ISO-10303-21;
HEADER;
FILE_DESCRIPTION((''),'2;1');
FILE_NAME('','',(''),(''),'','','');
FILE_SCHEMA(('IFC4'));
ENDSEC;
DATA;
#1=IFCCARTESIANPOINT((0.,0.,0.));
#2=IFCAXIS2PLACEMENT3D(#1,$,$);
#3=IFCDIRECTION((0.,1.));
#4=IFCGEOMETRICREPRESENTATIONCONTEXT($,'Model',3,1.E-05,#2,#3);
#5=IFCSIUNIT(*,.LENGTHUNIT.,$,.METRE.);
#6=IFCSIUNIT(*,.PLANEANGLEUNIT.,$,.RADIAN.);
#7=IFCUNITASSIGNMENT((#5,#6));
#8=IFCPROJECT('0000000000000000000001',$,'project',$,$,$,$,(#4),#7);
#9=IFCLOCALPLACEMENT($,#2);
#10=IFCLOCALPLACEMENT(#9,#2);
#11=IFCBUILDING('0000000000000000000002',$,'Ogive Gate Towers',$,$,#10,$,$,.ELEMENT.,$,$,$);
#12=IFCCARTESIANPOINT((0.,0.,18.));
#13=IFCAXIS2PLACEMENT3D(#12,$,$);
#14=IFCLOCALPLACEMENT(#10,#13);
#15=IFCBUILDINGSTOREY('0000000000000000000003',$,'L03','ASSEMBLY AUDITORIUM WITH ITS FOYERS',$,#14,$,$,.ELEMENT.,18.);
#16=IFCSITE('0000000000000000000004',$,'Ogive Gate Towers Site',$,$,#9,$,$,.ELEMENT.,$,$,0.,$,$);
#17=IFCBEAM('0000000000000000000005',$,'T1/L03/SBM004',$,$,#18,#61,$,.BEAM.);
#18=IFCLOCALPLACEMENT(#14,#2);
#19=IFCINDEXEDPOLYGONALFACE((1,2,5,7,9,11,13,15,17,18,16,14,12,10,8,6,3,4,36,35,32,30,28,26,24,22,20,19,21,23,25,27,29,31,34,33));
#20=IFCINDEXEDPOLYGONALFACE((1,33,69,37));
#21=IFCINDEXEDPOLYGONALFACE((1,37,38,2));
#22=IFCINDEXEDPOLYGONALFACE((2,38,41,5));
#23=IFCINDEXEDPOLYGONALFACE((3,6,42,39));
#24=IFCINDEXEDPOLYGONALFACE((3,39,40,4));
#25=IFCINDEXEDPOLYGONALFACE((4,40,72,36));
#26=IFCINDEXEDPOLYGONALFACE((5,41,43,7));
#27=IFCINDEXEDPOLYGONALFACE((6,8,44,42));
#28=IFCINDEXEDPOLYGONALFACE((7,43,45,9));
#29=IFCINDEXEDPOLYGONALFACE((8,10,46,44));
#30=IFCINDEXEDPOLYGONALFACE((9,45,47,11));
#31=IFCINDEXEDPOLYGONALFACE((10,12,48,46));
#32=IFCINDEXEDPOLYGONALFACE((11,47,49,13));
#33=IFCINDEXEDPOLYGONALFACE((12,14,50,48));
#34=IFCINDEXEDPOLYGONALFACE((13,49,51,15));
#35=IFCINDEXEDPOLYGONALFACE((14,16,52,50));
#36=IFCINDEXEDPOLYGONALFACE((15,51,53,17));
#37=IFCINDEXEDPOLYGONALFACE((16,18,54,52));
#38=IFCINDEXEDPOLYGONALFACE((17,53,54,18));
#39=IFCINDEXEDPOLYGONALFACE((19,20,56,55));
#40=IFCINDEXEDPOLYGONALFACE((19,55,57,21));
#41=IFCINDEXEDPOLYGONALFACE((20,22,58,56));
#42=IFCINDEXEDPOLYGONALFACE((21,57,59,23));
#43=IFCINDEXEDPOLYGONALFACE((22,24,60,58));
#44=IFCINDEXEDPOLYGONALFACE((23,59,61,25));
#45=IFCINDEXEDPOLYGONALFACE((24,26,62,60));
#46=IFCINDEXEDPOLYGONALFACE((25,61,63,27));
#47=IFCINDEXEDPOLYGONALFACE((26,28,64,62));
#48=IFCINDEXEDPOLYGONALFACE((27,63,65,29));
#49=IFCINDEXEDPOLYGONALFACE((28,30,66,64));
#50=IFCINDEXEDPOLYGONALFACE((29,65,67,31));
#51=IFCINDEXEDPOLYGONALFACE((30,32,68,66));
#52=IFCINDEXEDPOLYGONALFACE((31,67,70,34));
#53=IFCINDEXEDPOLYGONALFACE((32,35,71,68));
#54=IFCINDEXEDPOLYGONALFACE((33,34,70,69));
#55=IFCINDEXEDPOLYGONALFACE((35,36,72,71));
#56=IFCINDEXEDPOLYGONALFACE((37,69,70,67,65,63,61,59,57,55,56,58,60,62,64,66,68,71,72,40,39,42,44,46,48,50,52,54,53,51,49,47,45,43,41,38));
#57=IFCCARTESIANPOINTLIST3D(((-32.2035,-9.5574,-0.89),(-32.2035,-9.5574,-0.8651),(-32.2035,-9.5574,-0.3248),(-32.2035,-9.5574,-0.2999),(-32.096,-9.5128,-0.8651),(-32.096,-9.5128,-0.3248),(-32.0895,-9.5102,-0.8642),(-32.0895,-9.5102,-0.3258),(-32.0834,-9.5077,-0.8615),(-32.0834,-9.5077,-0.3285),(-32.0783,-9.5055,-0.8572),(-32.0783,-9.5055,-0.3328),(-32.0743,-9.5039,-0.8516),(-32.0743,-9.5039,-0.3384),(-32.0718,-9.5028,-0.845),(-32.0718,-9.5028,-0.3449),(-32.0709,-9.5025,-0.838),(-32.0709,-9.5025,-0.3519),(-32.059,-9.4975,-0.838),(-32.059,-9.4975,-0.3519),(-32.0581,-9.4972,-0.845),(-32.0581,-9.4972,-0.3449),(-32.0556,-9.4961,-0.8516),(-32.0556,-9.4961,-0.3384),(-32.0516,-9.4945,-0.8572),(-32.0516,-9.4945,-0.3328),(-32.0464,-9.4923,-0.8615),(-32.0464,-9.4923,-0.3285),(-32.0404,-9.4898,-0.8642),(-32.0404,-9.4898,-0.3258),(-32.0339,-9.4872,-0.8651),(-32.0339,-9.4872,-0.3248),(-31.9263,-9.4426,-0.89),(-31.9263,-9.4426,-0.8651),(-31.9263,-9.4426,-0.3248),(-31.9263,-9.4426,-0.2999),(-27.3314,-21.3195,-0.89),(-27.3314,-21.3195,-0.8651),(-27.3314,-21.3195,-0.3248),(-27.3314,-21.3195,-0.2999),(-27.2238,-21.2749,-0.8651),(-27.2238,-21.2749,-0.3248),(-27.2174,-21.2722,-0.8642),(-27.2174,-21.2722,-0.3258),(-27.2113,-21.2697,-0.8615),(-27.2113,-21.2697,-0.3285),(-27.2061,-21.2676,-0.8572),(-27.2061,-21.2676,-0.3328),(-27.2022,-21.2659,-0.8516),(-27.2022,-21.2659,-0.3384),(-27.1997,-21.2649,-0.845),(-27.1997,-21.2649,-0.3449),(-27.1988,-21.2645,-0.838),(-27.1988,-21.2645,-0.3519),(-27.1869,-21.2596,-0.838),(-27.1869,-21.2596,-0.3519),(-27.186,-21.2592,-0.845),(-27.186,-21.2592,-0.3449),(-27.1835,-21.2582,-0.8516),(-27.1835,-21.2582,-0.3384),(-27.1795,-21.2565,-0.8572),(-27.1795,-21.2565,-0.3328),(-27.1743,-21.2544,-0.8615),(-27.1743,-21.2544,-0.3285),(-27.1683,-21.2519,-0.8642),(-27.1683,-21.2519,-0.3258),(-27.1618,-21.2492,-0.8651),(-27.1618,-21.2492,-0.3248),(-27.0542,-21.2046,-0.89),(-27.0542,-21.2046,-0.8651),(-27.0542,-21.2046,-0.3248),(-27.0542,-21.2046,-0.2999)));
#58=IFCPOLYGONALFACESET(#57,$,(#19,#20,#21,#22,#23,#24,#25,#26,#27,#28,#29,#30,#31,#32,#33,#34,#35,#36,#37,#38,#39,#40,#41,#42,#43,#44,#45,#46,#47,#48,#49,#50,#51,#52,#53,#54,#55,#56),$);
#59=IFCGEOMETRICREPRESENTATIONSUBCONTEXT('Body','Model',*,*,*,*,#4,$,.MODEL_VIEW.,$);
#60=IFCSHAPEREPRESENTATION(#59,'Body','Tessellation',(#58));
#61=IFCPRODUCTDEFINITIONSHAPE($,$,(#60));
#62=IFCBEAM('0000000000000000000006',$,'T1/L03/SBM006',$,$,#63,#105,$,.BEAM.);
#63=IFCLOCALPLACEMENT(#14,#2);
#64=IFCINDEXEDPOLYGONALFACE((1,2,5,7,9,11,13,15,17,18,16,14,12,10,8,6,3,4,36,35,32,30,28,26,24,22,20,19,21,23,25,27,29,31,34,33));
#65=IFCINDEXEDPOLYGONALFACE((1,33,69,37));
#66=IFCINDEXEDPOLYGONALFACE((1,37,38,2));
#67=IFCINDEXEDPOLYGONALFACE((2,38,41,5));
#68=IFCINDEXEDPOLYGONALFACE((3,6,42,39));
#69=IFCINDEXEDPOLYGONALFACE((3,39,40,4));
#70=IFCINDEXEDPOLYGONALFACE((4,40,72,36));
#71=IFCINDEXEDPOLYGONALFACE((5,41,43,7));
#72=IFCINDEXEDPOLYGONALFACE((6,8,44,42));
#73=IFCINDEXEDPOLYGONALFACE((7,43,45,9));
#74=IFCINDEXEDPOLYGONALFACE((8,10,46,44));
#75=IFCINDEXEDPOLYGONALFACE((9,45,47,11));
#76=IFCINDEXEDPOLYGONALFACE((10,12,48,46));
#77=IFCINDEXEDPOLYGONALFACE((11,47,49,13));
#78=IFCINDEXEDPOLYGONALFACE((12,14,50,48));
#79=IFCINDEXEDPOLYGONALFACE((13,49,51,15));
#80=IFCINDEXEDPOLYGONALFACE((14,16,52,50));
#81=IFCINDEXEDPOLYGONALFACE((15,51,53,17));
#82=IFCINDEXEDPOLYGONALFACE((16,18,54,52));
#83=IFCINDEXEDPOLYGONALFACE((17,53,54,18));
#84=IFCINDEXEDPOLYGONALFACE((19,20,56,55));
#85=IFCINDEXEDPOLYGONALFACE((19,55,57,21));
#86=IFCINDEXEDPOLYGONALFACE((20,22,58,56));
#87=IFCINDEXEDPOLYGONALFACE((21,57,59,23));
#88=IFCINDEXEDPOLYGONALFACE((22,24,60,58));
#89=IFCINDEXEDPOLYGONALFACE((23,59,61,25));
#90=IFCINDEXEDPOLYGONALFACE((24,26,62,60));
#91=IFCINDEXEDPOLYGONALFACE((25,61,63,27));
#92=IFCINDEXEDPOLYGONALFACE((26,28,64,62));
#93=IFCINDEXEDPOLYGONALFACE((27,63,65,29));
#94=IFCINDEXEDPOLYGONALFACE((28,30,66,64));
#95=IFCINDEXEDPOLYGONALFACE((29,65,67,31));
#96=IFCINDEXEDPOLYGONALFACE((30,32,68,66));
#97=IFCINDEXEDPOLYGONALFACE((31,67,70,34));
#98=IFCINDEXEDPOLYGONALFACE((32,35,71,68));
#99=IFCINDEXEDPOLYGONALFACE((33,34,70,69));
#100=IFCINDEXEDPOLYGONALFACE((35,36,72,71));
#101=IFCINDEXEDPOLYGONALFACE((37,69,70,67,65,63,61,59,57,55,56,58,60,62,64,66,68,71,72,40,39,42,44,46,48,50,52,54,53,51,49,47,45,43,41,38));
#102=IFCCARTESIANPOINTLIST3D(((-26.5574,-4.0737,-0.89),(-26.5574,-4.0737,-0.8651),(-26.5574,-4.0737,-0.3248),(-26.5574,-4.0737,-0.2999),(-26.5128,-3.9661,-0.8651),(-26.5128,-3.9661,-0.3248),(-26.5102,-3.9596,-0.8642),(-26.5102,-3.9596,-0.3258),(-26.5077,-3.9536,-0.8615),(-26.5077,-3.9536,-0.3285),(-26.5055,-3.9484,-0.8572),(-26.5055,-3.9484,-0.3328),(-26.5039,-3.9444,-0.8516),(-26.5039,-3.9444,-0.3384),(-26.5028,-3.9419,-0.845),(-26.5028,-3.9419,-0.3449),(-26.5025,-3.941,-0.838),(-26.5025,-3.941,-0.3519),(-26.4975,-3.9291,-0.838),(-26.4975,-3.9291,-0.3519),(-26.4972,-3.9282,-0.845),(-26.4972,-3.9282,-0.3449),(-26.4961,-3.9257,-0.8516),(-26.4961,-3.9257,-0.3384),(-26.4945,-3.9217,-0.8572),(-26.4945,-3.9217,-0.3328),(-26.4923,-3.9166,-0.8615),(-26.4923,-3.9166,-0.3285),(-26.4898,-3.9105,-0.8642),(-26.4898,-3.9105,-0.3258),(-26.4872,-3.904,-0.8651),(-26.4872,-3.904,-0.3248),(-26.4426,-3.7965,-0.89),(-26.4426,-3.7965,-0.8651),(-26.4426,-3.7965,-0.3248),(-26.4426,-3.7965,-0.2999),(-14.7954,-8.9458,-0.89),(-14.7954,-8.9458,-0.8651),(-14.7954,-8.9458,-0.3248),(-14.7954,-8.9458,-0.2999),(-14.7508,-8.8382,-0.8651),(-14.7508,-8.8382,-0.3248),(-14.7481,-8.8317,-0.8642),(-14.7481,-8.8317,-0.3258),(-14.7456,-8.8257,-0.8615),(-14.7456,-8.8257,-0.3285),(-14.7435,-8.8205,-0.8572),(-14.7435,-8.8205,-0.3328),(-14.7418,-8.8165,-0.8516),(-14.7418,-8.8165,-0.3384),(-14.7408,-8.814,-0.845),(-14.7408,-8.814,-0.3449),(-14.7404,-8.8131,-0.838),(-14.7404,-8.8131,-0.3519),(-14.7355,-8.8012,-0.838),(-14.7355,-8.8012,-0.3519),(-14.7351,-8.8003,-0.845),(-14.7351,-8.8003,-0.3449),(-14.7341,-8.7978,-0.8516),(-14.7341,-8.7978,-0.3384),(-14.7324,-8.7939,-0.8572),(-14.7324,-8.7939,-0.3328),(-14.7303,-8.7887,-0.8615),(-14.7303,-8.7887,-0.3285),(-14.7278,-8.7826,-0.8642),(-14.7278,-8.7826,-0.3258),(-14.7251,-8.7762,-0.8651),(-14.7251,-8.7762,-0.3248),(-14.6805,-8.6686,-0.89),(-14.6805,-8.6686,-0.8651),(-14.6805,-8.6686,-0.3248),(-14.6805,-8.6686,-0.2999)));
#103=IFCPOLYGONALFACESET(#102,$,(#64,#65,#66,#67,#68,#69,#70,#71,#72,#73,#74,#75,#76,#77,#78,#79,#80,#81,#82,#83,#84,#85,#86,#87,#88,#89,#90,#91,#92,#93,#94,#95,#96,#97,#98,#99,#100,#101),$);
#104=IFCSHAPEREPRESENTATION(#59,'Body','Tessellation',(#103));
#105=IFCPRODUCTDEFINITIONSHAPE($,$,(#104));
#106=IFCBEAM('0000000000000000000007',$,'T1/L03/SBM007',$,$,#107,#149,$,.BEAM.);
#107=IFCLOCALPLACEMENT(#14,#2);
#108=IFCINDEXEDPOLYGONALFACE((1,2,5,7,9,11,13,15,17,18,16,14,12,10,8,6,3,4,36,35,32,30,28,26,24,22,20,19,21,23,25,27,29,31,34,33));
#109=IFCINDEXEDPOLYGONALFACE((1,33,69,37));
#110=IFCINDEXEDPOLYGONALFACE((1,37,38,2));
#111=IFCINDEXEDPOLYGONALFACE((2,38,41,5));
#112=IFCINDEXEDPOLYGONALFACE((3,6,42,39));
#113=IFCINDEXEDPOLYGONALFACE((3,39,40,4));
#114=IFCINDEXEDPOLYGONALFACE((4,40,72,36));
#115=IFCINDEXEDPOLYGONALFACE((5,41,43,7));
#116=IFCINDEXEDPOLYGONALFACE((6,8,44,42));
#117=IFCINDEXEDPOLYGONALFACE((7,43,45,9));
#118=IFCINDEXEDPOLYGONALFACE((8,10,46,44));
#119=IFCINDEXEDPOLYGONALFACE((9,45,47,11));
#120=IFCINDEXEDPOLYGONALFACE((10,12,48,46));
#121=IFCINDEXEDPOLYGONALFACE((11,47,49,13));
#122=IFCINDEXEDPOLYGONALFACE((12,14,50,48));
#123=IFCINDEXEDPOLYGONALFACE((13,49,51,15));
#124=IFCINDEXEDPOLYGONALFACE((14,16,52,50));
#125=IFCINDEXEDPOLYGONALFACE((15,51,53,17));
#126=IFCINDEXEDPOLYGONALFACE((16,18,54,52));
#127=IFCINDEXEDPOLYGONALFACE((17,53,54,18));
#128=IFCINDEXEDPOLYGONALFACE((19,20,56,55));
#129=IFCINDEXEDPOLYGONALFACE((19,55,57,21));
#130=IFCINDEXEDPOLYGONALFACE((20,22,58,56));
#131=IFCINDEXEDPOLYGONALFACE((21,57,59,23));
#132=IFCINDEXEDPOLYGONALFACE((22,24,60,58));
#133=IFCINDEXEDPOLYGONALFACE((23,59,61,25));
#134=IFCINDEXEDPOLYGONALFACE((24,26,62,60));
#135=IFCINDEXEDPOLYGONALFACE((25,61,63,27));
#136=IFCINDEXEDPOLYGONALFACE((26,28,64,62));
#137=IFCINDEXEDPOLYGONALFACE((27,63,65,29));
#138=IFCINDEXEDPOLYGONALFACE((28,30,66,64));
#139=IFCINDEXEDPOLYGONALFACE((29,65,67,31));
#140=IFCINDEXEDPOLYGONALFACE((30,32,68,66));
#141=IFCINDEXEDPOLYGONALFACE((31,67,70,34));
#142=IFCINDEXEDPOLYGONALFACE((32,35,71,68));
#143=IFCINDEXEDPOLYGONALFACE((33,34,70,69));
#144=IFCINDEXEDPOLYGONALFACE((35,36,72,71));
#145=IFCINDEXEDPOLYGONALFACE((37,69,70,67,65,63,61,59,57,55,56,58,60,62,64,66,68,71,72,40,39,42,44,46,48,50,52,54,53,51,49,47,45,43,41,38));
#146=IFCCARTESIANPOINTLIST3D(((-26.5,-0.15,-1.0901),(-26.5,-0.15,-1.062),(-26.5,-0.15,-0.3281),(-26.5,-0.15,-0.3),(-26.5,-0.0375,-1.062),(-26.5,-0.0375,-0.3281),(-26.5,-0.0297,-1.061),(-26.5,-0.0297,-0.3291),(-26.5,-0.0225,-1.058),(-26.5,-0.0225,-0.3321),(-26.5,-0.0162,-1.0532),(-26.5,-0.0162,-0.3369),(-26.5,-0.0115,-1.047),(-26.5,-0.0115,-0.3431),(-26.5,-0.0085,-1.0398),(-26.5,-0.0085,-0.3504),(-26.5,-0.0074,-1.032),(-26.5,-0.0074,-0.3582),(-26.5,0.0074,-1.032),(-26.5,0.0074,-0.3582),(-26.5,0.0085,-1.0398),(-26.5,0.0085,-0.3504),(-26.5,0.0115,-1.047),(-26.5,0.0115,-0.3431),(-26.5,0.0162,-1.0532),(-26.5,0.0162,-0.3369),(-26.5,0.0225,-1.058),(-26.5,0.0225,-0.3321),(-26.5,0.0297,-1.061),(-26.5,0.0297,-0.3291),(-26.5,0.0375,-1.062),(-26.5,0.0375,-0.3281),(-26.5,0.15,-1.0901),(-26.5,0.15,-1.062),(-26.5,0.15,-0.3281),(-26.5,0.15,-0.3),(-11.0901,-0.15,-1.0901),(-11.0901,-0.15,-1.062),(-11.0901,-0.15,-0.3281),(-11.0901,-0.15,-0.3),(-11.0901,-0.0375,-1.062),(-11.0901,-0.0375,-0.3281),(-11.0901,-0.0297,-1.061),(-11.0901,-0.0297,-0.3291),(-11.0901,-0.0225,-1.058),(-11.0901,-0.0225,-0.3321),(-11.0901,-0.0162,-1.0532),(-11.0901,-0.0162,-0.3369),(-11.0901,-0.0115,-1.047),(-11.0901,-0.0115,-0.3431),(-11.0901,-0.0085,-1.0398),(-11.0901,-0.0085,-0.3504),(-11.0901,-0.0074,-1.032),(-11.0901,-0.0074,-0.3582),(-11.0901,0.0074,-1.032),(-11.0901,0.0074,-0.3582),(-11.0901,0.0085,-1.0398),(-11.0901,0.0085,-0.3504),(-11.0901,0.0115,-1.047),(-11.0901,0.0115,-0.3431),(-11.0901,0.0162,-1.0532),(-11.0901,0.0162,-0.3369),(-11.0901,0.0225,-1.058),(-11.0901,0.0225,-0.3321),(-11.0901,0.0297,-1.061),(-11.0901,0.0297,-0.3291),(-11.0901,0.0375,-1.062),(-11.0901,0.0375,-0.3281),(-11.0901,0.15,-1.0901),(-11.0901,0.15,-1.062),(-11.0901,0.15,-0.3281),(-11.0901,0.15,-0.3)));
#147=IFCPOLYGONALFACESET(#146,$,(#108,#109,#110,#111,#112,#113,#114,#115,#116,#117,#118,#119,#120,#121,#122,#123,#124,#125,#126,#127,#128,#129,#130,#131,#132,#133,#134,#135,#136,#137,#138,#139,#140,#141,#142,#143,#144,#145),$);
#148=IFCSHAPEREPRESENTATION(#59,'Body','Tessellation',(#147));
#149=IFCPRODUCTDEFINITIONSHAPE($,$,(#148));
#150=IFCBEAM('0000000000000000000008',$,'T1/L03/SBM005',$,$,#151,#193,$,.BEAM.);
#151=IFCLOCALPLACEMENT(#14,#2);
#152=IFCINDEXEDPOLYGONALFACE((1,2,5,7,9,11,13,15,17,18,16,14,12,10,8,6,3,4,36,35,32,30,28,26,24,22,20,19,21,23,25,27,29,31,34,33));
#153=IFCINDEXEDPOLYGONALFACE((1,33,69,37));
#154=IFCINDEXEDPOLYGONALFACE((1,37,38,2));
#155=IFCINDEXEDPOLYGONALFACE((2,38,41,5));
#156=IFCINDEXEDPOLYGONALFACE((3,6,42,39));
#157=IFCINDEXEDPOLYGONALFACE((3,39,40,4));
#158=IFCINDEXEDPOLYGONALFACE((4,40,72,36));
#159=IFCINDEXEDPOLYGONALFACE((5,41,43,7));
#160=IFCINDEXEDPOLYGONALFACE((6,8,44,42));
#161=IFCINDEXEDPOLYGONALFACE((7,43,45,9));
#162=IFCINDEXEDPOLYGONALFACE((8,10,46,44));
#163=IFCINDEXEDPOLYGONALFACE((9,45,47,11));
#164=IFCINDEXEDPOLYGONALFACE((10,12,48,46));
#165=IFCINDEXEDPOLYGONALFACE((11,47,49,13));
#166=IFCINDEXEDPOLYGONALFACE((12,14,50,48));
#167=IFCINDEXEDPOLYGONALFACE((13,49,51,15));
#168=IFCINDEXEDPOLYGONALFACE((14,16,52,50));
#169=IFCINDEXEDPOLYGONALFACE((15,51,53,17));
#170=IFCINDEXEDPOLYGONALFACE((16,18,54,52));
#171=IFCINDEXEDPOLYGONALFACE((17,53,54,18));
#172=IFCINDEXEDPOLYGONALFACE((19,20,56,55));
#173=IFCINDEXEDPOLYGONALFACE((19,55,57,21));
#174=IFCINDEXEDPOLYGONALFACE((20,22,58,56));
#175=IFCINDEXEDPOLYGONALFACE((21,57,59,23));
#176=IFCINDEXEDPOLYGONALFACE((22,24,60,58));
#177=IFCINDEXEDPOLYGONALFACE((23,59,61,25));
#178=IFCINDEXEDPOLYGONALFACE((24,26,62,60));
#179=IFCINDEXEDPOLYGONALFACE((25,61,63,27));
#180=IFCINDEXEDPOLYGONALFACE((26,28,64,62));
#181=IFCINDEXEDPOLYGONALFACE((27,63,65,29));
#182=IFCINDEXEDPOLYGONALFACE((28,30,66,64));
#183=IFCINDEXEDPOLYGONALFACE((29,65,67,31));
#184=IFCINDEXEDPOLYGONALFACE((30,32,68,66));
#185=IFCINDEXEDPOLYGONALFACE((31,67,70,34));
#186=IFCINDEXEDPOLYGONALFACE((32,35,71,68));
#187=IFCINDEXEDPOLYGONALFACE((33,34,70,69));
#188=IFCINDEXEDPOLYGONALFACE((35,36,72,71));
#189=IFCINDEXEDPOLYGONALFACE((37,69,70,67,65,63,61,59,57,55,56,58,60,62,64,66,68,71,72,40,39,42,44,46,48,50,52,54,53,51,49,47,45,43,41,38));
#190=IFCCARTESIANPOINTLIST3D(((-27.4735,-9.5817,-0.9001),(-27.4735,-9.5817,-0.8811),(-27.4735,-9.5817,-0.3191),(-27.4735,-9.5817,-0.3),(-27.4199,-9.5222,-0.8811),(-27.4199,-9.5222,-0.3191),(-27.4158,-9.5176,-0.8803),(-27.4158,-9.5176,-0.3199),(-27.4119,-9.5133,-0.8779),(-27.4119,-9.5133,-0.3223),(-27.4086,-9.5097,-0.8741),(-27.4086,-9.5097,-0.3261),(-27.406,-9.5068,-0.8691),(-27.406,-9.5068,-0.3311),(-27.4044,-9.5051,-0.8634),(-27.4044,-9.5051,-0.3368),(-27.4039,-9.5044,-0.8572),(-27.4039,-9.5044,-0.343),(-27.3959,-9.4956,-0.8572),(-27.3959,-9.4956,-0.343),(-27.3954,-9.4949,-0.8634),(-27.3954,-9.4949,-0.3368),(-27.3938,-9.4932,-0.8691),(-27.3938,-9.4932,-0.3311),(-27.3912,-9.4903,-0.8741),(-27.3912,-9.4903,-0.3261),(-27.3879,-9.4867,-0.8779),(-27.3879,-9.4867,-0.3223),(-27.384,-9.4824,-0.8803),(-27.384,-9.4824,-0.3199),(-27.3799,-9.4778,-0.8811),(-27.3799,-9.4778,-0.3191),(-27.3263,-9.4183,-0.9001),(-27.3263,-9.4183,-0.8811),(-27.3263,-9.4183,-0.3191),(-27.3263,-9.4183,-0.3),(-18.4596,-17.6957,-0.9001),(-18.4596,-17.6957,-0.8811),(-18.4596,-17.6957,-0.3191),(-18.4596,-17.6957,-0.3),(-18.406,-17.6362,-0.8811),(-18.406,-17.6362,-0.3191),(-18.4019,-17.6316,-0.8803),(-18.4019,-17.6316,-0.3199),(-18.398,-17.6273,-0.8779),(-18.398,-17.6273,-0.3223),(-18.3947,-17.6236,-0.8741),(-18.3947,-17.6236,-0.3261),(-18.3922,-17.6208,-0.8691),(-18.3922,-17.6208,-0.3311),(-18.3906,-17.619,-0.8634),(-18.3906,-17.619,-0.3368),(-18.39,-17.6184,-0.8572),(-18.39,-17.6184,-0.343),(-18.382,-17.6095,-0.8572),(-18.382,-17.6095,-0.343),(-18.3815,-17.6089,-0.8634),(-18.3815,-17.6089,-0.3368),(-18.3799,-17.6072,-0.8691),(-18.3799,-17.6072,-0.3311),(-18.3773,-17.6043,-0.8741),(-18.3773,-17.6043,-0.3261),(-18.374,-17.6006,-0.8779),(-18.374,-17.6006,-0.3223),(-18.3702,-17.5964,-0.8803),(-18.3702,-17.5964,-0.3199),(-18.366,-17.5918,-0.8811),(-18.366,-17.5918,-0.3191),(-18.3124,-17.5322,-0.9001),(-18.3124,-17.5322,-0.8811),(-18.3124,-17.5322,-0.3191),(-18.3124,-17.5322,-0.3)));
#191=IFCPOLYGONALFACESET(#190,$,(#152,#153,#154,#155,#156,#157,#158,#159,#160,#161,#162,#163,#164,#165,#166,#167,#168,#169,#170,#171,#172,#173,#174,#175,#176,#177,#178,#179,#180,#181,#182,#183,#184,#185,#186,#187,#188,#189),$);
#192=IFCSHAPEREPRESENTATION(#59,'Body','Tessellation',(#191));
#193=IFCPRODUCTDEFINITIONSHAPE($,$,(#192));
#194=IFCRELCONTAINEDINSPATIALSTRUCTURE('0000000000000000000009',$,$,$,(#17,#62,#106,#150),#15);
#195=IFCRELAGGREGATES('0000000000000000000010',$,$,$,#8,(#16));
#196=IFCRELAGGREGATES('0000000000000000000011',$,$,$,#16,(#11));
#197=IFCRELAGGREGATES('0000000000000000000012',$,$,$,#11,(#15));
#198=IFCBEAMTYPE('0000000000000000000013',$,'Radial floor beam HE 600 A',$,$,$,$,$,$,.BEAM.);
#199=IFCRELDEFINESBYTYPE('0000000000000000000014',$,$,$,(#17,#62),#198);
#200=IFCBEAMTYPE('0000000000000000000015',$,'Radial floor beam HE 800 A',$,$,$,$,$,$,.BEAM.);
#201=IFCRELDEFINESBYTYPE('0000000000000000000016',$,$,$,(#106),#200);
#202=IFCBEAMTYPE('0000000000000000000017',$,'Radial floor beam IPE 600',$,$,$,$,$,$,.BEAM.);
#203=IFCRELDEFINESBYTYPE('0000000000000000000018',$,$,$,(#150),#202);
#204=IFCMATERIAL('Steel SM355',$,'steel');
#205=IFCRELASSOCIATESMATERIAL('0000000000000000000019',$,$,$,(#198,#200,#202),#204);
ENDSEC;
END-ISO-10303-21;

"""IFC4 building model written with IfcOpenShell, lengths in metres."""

from ifc_helpers import new_model, si_unit, direction, frame, origin, origin_2d, place, context, subcontext, project, spatial, i_section, extrude, material, material_profile, profile_set, type_object, element, save


model = new_model("IFC4")

# Units and contexts
model_context = context("Model", 3, precision=1e-05, world=origin(), true_north=direction((0.0, 1.0)))
body_context = subcontext(model_context, "Body", "Model", "MODEL_VIEW")
ifc_project = project(units=[si_unit("LENGTHUNIT", "METRE"), si_unit("PLANEANGLEUNIT", "RADIAN")], contexts=[model_context])

# Site, building, storey
site_placement = place(None, origin())
site = spatial("IfcSite", under=ifc_project, at=site_placement, Name="Ogive Gate Towers Site", CompositionType="ELEMENT", RefElevation=0.0)
building_placement = place(site_placement, origin())
building = spatial("IfcBuilding", under=site, at=building_placement, Name="Ogive Gate Towers", CompositionType="ELEMENT")
storey_placement = place(building_placement, frame((0.0, 0.0, 18.0)))
storey = spatial("IfcBuildingStorey", under=building, at=storey_placement, Name="L03", Description="ASSEMBLY AUDITORIUM WITH ITS FOYERS", CompositionType="ELEMENT", Elevation=18.0)

# Beams
ifc_material_1 = material(Name="Steel SM355", Category="steel")
ifc_material_profile_1 = material_profile(ifc_material_1, i_section(OverallWidth=0.3, OverallDepth=0.5901, WebThickness=0.0129, FlangeThickness=0.0249, FilletRadius=0.0271, at=origin_2d()), Name="HE 600 A")
ifc_profile_set_1 = profile_set([ifc_material_profile_1], Name="Steel SM355")
beam_type_1 = type_object("IfcBeamType", Name="Radial floor beam HE 600 A", PredefinedType="BEAM", material=ifc_profile_set_1)
for number, where, z_axis, x_axis, name in (
    (1, (-32.0649, -9.5, -0.595), (0.382691, -0.923877, 0.0), (0.923877, 0.382691, 0.0), "T1/L03/SBM004"),
    (2, (-26.5, -3.9351, -0.595), (0.923877, -0.382691, 0.0), (0.382691, 0.923877, 0.0), "T1/L03/SBM006"),
):
    element("IfcBeam", number, at=place(storey_placement, frame(where, z_axis=z_axis, x_axis=x_axis)), inside=storey, type_object=beam_type_1, Name=name, PredefinedType="BEAM", context=body_context, shape_type="SweptSolid", body=[
        extrude(i_section(OverallWidth=0.3, OverallDepth=0.5901, WebThickness=0.0129, FlangeThickness=0.0249, FilletRadius=0.0271, at=origin_2d()), origin(), (0.0, 0.0, 1.0), 12.7312),
    ])
ifc_material_profile_2 = material_profile(ifc_material_1, i_section(OverallWidth=0.3, OverallDepth=0.79, WebThickness=0.0149, FlangeThickness=0.0281, FilletRadius=0.03, at=origin_2d()), Name="HE 800 A")
ifc_profile_set_2 = profile_set([ifc_material_profile_2], Name="Steel SM355")
beam_type_2 = type_object("IfcBeamType", Name="Radial floor beam HE 800 A", PredefinedType="BEAM", material=ifc_profile_set_2)
beam_1_placement = place(storey_placement, frame((-26.5, 0.0, -0.6951), z_axis=(1.0, 0.0, 0.0), x_axis=(0.0, 1.0, 0.0)))
element("IfcBeam", 3, at=beam_1_placement, inside=storey, type_object=beam_type_2, Name="T1/L03/SBM007", PredefinedType="BEAM", context=body_context, shape_type="SweptSolid", body=[
    extrude(i_section(OverallWidth=0.3, OverallDepth=0.79, WebThickness=0.0149, FlangeThickness=0.0281, FilletRadius=0.03, at=origin_2d()), origin(), (0.0, 0.0, 1.0), 15.4099),
])
ifc_material_profile_3 = material_profile(ifc_material_1, i_section(OverallWidth=0.22, OverallDepth=0.6001, WebThickness=0.012, FlangeThickness=0.019, FilletRadius=0.0239, at=origin_2d()), Name="IPE 600")
ifc_profile_set_3 = profile_set([ifc_material_profile_3], Name="Steel SM355")
beam_type_3 = type_object("IfcBeamType", Name="Radial floor beam IPE 600", PredefinedType="BEAM", material=ifc_profile_set_3)
beam_2_placement = place(storey_placement, frame((-27.3999, -9.5, -0.6001), z_axis=(0.743233, -0.669033, 0.0), x_axis=(0.669033, 0.743233, 0.0)))
element("IfcBeam", 4, at=beam_2_placement, inside=storey, type_object=beam_type_3, Name="T1/L03/SBM005", PredefinedType="BEAM", context=body_context, shape_type="SweptSolid", body=[
    extrude(i_section(OverallWidth=0.22, OverallDepth=0.6001, WebThickness=0.012, FlangeThickness=0.019, FilletRadius=0.0239, at=origin_2d()), origin(), (0.0, 0.0, 1.0), 12.1279),
])

save(model, "model.ifc")
